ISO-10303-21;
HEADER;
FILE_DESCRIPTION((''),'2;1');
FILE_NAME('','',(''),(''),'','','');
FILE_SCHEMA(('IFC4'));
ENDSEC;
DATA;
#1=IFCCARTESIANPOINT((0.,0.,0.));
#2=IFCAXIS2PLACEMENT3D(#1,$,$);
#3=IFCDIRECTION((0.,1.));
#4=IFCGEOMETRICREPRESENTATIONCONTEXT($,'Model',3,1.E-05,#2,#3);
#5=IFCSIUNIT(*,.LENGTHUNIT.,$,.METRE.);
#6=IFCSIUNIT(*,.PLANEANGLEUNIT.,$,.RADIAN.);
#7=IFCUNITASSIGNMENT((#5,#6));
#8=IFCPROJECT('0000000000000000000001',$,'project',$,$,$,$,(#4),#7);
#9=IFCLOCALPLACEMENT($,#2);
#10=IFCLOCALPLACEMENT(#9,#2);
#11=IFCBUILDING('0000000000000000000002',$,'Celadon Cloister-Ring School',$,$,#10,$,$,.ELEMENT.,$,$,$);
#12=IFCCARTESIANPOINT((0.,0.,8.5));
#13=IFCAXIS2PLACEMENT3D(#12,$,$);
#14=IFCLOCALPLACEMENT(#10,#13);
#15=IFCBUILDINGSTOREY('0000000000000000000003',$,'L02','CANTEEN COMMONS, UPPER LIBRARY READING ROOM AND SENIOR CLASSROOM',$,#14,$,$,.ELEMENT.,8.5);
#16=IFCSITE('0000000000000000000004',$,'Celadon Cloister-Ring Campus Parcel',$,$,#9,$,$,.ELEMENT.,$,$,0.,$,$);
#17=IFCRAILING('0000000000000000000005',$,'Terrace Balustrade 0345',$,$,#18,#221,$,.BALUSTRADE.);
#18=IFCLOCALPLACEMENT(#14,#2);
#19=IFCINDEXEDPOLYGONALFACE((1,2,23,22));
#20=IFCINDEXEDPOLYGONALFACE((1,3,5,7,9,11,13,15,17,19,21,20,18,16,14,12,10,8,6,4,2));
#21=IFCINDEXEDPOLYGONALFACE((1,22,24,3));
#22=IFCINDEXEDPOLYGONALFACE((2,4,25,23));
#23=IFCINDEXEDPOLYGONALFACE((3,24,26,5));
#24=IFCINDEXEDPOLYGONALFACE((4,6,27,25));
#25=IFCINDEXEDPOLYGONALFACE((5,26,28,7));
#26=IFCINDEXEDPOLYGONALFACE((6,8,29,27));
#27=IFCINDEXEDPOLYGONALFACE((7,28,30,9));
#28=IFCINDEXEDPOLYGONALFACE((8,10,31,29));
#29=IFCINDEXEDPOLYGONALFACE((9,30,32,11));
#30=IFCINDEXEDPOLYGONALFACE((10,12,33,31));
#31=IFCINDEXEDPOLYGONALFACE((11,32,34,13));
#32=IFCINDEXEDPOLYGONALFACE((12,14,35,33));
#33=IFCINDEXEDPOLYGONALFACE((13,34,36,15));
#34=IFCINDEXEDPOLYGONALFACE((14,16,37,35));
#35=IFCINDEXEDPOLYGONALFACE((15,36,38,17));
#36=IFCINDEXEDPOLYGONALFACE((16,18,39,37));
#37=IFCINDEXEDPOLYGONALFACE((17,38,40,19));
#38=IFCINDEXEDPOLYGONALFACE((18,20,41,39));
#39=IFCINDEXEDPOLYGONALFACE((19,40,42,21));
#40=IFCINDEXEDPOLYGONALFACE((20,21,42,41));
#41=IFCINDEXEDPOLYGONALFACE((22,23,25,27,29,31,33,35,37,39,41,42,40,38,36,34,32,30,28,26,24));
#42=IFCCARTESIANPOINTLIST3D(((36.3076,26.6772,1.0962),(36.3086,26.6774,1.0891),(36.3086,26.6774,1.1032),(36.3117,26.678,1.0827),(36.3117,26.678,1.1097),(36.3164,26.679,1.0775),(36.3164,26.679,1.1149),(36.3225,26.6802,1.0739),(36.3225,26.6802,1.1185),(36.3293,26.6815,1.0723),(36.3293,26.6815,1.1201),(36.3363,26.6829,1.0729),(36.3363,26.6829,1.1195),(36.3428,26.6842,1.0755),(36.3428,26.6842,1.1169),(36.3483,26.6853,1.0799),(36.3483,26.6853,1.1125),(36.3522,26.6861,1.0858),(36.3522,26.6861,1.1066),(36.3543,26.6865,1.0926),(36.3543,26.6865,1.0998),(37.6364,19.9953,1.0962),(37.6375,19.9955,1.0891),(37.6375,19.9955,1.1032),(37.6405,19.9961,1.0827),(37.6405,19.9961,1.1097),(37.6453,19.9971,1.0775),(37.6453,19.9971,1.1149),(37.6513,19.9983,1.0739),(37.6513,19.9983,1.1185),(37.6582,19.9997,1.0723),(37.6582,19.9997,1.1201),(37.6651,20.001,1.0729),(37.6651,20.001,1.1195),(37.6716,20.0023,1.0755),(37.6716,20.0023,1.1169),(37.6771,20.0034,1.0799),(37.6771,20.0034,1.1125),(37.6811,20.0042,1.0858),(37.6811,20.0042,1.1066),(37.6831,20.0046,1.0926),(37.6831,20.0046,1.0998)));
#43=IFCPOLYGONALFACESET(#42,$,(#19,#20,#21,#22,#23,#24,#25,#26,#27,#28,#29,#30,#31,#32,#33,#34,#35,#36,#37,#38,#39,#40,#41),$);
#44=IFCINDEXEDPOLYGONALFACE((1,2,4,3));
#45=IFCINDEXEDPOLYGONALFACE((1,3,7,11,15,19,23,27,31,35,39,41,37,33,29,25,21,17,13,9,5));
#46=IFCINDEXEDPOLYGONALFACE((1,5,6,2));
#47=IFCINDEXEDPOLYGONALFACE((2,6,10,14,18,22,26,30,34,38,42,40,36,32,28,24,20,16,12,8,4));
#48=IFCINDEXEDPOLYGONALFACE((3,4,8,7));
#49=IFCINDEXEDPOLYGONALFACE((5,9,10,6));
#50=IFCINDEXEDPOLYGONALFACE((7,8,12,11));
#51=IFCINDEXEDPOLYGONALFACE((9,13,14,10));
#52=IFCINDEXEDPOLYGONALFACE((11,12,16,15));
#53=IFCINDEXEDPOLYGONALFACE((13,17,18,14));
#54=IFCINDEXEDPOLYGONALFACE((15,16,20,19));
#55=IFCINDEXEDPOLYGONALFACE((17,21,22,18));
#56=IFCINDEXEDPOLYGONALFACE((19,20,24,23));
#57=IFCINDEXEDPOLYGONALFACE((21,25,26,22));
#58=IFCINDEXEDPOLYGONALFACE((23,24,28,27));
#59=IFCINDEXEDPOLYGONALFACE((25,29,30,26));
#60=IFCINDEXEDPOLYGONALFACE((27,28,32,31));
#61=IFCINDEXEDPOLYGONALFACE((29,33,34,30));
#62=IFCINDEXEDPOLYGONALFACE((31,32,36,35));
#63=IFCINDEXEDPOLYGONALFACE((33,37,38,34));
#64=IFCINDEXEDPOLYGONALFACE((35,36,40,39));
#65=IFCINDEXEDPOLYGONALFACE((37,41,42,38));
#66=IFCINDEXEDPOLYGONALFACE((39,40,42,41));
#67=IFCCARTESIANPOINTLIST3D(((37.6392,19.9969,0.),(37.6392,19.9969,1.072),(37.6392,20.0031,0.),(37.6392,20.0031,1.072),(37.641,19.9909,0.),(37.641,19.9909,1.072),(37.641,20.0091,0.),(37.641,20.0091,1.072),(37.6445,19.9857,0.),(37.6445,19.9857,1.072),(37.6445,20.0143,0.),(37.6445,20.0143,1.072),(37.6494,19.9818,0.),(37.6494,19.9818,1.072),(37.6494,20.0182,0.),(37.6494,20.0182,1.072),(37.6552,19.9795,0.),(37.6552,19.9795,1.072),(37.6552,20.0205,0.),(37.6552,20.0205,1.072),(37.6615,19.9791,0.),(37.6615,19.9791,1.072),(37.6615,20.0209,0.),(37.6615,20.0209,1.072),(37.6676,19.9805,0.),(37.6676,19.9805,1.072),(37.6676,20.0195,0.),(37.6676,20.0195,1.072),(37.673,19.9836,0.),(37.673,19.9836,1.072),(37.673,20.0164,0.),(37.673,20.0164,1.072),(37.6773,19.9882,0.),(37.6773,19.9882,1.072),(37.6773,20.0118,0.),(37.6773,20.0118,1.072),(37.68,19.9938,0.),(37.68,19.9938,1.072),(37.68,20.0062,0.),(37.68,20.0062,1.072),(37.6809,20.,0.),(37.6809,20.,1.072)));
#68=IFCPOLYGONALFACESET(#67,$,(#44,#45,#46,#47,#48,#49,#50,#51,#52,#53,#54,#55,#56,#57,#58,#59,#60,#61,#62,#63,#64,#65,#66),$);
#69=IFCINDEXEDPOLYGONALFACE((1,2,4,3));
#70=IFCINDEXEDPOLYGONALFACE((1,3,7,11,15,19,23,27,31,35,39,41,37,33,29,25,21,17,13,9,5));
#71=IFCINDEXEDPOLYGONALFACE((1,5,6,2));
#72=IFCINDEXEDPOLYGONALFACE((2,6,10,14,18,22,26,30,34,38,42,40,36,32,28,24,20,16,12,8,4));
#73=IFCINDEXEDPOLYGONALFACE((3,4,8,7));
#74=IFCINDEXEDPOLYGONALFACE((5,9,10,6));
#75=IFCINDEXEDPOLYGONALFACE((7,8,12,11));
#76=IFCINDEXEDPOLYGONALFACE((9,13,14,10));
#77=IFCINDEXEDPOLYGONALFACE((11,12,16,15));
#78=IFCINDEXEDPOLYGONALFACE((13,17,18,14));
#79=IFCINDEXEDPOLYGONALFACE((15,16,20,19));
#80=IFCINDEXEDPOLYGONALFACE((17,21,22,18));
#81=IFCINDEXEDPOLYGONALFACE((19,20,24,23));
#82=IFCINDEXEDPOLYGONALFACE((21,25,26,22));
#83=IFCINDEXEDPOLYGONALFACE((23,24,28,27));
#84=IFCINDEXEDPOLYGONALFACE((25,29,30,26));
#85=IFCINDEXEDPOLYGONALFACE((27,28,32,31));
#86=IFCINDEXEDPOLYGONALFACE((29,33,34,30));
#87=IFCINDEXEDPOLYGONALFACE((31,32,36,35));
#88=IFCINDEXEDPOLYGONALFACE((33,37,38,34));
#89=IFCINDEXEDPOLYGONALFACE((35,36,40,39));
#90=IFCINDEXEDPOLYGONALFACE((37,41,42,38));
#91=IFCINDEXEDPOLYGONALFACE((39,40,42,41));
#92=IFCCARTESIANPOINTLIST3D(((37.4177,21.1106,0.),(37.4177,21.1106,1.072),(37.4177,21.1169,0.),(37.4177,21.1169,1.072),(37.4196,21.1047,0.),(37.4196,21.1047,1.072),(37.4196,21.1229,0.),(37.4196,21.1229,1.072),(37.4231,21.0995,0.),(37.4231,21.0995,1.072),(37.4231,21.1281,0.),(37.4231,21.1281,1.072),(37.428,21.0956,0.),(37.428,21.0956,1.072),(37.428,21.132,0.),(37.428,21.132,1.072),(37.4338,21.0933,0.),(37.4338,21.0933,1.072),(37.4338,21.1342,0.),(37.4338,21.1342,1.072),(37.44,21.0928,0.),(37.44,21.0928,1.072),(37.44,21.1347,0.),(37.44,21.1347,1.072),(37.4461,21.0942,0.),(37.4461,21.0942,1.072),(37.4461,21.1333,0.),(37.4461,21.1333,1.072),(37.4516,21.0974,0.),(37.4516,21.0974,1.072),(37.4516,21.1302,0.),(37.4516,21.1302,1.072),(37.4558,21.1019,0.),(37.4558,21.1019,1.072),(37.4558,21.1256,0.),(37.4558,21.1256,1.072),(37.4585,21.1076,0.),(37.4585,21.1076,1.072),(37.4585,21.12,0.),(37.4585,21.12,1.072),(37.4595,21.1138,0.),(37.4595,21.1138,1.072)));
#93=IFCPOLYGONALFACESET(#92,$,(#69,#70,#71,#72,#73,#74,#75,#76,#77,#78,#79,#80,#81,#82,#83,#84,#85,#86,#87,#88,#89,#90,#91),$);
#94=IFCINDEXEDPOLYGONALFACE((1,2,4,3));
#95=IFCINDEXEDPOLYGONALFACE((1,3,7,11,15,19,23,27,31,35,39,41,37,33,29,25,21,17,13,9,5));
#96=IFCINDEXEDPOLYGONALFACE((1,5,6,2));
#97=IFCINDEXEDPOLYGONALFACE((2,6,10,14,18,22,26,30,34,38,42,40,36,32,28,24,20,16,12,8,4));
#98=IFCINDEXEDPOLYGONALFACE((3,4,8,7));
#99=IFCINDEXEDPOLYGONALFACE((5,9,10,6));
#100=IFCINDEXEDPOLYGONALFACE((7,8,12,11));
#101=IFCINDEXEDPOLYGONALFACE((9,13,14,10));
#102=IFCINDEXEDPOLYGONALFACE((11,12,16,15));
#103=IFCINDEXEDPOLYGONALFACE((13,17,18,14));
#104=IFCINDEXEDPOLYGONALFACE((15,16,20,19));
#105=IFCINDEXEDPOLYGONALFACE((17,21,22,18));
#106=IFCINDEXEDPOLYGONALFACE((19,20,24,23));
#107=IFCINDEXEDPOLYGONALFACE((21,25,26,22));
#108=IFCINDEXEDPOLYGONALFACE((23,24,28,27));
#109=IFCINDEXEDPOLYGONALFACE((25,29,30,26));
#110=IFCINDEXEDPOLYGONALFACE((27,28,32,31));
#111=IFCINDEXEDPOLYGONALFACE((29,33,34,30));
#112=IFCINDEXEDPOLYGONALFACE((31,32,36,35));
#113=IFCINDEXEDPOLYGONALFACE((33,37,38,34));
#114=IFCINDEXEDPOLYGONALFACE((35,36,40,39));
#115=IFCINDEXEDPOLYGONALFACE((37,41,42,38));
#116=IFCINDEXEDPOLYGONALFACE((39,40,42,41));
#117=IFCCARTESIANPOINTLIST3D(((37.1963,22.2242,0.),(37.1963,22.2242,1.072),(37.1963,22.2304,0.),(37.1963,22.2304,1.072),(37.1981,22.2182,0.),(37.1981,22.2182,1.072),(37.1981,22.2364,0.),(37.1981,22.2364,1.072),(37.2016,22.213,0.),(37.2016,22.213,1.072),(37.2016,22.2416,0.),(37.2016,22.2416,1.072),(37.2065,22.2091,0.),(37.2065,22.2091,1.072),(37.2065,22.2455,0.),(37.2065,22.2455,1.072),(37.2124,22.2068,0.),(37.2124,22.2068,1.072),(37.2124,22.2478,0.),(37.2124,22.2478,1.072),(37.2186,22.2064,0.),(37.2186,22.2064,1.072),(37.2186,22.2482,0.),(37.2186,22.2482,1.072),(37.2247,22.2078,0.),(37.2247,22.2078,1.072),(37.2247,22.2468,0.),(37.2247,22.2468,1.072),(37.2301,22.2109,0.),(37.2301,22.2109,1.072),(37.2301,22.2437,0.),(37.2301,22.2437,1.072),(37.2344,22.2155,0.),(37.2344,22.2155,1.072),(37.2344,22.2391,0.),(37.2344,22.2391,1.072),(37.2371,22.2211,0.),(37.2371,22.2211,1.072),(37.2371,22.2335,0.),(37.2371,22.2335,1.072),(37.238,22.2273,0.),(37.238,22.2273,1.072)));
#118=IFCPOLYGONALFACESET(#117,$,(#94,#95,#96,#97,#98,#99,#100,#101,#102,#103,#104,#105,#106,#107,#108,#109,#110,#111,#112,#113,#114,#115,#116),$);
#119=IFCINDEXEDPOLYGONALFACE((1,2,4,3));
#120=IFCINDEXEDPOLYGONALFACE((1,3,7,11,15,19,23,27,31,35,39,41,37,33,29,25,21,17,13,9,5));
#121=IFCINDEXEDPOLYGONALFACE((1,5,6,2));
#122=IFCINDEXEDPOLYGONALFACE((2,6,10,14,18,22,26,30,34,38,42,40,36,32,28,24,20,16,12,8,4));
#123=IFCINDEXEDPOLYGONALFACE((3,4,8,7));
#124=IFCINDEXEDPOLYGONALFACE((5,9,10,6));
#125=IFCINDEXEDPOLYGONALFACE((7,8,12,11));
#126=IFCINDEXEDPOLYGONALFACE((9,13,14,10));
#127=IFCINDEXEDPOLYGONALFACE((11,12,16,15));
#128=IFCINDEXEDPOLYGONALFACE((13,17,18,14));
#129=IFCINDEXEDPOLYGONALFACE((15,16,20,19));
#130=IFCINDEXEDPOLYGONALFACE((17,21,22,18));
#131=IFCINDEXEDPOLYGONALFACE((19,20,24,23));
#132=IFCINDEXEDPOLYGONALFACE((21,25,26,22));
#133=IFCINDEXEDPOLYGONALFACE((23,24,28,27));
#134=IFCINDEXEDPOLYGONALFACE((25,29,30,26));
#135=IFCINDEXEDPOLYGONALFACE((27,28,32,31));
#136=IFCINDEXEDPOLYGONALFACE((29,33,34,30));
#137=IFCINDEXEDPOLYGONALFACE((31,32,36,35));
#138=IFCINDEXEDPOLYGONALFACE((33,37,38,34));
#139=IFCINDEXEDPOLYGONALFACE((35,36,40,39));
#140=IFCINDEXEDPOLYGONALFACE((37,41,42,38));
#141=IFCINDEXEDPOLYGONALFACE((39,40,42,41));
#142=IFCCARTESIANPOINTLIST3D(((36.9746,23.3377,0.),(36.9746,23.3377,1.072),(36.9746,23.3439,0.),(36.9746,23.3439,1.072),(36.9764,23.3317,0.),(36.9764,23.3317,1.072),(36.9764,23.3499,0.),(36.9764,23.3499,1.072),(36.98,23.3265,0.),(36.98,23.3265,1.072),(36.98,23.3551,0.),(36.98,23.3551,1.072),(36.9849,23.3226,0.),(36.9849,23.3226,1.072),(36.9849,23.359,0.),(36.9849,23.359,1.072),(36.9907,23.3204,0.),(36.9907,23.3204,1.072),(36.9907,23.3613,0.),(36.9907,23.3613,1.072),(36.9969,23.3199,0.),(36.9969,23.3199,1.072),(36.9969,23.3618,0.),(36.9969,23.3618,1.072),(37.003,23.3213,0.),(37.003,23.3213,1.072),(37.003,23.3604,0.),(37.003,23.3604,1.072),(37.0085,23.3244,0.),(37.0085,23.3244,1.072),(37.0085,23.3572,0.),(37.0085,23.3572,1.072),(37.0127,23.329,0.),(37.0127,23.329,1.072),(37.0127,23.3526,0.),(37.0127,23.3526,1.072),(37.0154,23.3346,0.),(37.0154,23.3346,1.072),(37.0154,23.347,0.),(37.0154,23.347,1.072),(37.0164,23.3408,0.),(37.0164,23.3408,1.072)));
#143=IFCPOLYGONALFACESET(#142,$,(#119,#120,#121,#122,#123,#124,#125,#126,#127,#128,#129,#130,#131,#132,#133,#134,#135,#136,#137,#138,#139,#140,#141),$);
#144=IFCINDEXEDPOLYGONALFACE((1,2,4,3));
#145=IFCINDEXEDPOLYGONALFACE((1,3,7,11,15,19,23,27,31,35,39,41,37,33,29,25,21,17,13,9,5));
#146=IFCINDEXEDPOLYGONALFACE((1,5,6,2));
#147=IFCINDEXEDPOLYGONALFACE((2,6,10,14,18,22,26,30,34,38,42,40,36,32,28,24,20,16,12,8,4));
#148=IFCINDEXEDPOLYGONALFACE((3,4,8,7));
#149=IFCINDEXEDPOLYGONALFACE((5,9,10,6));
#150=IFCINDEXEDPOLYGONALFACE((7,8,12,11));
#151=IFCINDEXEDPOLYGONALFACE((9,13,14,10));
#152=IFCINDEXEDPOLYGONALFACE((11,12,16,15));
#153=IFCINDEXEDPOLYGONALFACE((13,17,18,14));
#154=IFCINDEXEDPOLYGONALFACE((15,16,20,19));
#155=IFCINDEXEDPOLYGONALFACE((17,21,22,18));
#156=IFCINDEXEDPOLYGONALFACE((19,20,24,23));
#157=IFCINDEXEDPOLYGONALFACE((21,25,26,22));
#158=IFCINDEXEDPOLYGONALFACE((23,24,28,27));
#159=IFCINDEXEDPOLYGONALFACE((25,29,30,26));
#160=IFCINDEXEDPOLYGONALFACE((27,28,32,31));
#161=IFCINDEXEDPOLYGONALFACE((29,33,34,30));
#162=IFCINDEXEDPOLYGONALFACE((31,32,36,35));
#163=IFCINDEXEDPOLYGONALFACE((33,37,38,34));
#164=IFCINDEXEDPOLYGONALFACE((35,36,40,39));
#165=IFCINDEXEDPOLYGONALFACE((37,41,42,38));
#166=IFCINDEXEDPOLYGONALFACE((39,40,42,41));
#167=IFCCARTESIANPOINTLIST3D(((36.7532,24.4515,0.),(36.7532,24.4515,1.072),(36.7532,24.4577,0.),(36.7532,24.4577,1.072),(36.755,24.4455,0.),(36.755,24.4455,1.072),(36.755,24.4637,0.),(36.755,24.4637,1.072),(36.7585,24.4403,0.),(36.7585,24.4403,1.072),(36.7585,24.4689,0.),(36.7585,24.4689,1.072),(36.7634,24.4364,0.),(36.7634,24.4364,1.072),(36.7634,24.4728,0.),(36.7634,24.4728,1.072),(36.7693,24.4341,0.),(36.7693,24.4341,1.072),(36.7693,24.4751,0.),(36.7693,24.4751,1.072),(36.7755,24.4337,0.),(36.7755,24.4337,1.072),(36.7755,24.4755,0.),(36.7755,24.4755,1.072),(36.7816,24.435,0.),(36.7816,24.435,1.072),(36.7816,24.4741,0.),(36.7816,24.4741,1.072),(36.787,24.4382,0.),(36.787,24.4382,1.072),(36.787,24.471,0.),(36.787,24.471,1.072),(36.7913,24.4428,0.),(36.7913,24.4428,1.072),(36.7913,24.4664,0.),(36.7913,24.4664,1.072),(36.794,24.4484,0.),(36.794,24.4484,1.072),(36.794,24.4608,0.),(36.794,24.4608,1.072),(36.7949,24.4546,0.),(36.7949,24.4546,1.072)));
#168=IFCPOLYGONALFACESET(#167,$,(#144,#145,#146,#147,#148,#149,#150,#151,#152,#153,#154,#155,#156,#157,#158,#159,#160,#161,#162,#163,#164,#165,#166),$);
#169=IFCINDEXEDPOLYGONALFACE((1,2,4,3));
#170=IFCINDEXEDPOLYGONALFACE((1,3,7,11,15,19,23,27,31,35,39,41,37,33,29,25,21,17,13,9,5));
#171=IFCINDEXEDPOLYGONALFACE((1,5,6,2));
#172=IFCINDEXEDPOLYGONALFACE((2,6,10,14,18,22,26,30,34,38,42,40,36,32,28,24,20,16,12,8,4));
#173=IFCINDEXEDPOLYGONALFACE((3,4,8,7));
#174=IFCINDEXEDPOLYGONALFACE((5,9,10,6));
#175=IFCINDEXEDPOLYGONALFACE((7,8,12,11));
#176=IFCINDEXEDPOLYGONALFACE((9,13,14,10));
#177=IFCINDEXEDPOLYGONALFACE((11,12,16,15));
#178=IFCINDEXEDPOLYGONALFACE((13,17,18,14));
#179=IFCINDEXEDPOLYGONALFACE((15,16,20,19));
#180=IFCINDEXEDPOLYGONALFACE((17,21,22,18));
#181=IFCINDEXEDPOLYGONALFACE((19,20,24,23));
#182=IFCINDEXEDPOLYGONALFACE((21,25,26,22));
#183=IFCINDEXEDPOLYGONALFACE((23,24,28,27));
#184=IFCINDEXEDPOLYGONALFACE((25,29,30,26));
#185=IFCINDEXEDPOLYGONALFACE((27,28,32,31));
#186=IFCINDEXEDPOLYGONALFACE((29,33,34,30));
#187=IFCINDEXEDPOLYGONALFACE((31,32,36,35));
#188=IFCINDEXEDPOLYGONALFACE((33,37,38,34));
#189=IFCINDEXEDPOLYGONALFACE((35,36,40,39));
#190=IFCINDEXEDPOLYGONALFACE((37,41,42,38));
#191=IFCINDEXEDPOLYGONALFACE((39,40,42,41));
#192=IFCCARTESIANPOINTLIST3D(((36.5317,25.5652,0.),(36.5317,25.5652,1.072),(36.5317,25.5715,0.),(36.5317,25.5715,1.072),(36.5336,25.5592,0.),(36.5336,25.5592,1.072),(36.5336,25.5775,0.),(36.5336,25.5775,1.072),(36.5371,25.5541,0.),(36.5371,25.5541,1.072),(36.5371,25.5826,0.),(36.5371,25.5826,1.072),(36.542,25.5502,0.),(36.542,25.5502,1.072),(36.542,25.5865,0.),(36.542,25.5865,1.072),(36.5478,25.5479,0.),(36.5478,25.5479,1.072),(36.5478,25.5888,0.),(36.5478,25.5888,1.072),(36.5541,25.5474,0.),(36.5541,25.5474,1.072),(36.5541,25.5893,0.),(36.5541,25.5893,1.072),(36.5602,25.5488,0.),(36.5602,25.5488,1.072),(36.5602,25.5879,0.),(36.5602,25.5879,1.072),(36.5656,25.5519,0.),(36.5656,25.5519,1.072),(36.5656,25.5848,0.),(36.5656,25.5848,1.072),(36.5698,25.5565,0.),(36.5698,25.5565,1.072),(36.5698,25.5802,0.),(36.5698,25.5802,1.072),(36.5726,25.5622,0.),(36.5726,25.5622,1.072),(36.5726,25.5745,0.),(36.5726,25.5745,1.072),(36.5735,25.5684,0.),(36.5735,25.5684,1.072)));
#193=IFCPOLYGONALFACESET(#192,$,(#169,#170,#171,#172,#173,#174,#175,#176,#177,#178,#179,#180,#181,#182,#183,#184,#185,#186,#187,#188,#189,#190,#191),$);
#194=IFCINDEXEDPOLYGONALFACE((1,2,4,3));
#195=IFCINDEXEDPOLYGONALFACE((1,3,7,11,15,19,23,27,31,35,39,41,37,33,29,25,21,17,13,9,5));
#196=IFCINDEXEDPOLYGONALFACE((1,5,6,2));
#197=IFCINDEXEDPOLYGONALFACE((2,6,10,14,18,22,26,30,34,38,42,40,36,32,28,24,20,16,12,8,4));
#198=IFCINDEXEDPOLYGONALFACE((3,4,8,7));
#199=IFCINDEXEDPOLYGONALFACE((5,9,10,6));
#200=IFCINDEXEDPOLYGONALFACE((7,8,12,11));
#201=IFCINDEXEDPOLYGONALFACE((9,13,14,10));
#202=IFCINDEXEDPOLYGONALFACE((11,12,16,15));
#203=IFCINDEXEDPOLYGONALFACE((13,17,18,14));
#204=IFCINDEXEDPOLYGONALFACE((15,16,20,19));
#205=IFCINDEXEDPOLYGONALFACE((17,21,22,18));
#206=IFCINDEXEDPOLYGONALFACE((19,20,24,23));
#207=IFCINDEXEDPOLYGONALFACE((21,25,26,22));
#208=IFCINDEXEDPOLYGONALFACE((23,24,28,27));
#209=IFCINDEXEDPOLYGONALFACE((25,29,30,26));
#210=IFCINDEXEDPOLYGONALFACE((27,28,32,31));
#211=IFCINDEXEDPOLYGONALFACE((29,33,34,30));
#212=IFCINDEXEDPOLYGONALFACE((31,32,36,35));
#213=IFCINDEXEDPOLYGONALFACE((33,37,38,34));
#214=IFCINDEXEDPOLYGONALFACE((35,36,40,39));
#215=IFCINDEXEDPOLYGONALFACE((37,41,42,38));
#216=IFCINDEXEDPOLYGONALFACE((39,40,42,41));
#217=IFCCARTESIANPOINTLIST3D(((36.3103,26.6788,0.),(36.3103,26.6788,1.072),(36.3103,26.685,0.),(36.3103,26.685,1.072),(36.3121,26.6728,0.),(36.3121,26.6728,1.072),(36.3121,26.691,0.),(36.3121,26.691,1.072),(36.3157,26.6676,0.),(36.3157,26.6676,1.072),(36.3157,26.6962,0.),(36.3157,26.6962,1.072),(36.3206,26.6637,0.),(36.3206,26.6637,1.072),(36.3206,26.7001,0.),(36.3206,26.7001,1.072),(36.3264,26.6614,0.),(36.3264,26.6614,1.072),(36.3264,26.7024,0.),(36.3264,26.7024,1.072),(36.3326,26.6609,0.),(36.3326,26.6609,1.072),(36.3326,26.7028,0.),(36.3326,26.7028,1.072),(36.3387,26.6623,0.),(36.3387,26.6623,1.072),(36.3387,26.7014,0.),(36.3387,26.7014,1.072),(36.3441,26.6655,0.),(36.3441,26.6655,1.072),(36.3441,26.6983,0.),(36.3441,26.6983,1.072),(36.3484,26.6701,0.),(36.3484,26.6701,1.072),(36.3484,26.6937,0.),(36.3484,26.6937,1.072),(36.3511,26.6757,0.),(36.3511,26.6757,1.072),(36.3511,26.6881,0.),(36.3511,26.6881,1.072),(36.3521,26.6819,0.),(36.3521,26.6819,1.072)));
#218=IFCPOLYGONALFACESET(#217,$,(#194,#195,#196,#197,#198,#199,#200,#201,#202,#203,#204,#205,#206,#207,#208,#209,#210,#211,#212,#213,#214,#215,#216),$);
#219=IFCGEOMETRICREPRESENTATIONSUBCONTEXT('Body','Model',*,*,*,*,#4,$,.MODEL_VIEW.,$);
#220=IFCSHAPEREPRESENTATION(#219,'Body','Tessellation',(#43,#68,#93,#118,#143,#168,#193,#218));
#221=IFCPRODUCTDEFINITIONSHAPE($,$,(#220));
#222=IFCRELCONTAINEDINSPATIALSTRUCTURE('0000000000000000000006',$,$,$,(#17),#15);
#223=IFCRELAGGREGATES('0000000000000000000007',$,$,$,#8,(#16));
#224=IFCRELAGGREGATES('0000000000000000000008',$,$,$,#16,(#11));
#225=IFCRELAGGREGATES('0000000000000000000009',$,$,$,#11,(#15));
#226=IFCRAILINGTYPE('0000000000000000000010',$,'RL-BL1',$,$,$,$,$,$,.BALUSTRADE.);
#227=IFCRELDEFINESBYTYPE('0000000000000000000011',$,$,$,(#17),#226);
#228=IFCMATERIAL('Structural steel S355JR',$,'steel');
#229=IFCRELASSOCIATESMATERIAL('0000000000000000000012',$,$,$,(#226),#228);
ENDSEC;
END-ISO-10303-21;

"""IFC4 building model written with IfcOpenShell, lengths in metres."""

from ifc_helpers import new_model, si_unit, direction, frame, origin, origin_2d, place, context, subcontext, project, spatial, circle, extrude, material, type_object, element, save


model = new_model("IFC4")

# Units and contexts
model_context = context("Model", 3, precision=1e-05, world=origin(), true_north=direction((0.0, 1.0)))
body_context = subcontext(model_context, "Body", "Model", "MODEL_VIEW")
ifc_project = project(units=[si_unit("LENGTHUNIT", "METRE"), si_unit("PLANEANGLEUNIT", "RADIAN")], contexts=[model_context])

# Site, building, storey
site_placement = place(None, origin())
site = spatial("IfcSite", under=ifc_project, at=site_placement, Name="Celadon Cloister-Ring Campus Parcel", CompositionType="ELEMENT", RefElevation=0.0)
building_placement = place(site_placement, origin())
building = spatial("IfcBuilding", under=site, at=building_placement, Name="Celadon Cloister-Ring School", CompositionType="ELEMENT")
storey_placement = place(building_placement, frame((0.0, 0.0, 8.5)))
storey = spatial("IfcBuildingStorey", under=building, at=storey_placement, Name="L02", Description="CANTEEN COMMONS, UPPER LIBRARY READING ROOM AND SENIOR CLASSROOM", CompositionType="ELEMENT", Elevation=8.5)

# Railing
ifc_material_1 = material(Name="Structural steel S355JR", Category="steel")
railing_type_1 = type_object("IfcRailingType", Name="RL-BL1", PredefinedType="BALUSTRADE", material=ifc_material_1)
railing_1_placement = place(storey_placement, frame((37.6599, 20.0, 0.0)))
element("IfcRailing", 1, at=railing_1_placement, inside=storey, type_object=railing_type_1, Name="Terrace Balustrade 0345", PredefinedType="BALUSTRADE", context=body_context, shape_type="SweptSolid", body=[
    extrude(circle(Radius=0.0239, at=origin_2d()), frame((0.0, 0.0, 1.0962), z_axis=(-0.195055, 0.980792, 0.0), x_axis=(-0.980792, -0.195055, 0.0)), (0.0, 0.0, 1.0), 6.8127),
    extrude(circle(Radius=0.021, at=origin_2d()), origin(), (0.0, 0.0, 1.0), 1.072),
    extrude(circle(Radius=0.021, at=origin_2d()), frame((-0.2214, 1.1138, 0.0)), (0.0, 0.0, 1.0), 1.072),
    extrude(circle(Radius=0.021, at=origin_2d()), frame((-0.4429, 2.2273, 0.0)), (0.0, 0.0, 1.0), 1.072),
    extrude(circle(Radius=0.021, at=origin_2d()), frame((-0.6646, 3.3408, 0.0)), (0.0, 0.0, 1.0), 1.072),
    extrude(circle(Radius=0.021, at=origin_2d()), frame((-0.886, 4.4546, 0.0)), (0.0, 0.0, 1.0), 1.072),
    extrude(circle(Radius=0.021, at=origin_2d()), frame((-1.1074, 5.5684, 0.0)), (0.0, 0.0, 1.0), 1.072),
    extrude(circle(Radius=0.021, at=origin_2d()), frame((-1.3289, 6.6819, 0.0)), (0.0, 0.0, 1.0), 1.072),
])

save(model, "model.ifc")
